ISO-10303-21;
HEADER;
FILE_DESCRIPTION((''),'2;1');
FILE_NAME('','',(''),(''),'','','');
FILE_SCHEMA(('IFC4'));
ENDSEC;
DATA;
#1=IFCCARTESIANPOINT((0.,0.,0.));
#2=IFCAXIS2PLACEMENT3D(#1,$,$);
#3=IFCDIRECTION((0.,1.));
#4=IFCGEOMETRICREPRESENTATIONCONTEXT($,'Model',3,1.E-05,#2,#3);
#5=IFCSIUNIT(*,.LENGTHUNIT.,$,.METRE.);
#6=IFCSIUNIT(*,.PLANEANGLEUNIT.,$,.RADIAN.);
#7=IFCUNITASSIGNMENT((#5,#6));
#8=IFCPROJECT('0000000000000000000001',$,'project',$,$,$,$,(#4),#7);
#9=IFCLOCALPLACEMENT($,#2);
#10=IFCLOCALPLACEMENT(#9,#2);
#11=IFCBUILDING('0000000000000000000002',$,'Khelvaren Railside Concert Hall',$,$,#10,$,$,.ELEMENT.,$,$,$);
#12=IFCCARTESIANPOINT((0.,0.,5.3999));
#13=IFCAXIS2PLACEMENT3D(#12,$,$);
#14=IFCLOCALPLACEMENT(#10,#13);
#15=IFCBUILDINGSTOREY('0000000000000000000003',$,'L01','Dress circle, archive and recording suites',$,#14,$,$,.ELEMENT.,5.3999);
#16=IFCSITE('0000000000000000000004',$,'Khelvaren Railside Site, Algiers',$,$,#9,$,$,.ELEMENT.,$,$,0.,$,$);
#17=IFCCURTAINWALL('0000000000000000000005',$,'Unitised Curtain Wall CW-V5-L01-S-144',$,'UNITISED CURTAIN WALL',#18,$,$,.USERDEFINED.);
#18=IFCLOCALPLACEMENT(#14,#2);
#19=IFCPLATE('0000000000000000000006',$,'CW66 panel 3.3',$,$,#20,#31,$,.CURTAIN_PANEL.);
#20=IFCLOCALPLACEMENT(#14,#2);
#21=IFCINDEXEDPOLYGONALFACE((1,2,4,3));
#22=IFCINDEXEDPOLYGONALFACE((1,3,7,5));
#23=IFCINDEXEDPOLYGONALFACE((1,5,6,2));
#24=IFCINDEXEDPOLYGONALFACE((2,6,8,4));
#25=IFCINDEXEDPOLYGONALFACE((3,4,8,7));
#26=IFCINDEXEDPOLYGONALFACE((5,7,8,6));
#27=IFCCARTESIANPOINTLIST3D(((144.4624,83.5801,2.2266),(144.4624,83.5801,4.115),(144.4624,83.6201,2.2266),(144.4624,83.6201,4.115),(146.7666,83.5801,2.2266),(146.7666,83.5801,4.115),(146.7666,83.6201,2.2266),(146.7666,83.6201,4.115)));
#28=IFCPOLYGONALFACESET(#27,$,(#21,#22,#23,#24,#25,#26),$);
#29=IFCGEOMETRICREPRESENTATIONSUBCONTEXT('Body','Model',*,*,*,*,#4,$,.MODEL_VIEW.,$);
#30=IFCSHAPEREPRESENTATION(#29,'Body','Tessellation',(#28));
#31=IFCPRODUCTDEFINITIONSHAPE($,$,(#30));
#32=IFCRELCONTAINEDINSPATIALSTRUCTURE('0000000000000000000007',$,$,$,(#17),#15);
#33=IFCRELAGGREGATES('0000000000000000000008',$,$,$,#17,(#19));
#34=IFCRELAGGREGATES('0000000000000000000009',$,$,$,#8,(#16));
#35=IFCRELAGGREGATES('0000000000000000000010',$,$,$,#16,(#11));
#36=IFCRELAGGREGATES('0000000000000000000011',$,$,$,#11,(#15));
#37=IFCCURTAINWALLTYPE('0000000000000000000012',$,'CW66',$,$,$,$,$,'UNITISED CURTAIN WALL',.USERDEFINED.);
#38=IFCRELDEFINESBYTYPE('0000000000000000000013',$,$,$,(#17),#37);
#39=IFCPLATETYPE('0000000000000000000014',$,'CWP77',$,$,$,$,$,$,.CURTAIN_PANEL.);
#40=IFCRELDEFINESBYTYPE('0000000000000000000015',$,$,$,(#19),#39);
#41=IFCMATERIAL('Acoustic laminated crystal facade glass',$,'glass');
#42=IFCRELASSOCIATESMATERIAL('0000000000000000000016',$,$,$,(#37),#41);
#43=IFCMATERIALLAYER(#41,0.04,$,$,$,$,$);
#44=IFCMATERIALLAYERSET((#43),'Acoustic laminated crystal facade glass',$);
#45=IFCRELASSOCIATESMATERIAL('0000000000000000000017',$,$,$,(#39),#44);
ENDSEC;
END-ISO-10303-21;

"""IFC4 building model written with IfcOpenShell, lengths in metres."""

from ifc_helpers import new_model, si_unit, direction, frame, origin, origin_2d, place, context, subcontext, project, spatial, rectangle, extrude, material, layer, layer_set, type_object, element, aggregate, save


model = new_model("IFC4")

# Units and contexts
model_context = context("Model", 3, precision=1e-05, world=origin(), true_north=direction((0.0, 1.0)))
body_context = subcontext(model_context, "Body", "Model", "MODEL_VIEW")
ifc_project = project(units=[si_unit("LENGTHUNIT", "METRE"), si_unit("PLANEANGLEUNIT", "RADIAN")], contexts=[model_context])

# Site, building, storey
site_placement = place(None, origin())
site = spatial("IfcSite", under=ifc_project, at=site_placement, Name="Khelvaren Railside Site, Algiers", CompositionType="ELEMENT", RefElevation=0.0)
building_placement = place(site_placement, origin())
building = spatial("IfcBuilding", under=site, at=building_placement, Name="Khelvaren Railside Concert Hall", CompositionType="ELEMENT")
storey_placement = place(building_placement, frame((0.0, 0.0, 5.3999)))
storey = spatial("IfcBuildingStorey", under=building, at=storey_placement, Name="L01", Description="Dress circle, archive and recording suites", CompositionType="ELEMENT", Elevation=5.3999)

# Shared definitions
ifc_material_1 = material(Name="Acoustic laminated crystal facade glass", Category="glass")

# Curtain wall
curtain_wall_type_1 = type_object("IfcCurtainWallType", Name="CW66", ElementType="UNITISED CURTAIN WALL", PredefinedType="USERDEFINED", material=ifc_material_1)
curtain_wall_1_placement = place(storey_placement, origin())
curtain_wall_1 = element("IfcCurtainWall", 1, at=curtain_wall_1_placement, inside=storey, type_object=curtain_wall_type_1, Name="Unitised Curtain Wall CW-V5-L01-S-144", ObjectType="UNITISED CURTAIN WALL", PredefinedType="USERDEFINED")

# Plate
ifc_layer = layer(ifc_material_1, 0.04)
ifc_layer_set = layer_set([ifc_layer], Name="Acoustic laminated crystal facade glass")
plate_type = type_object("IfcPlateType", Name="CWP77", PredefinedType="CURTAIN_PANEL", material=ifc_layer_set)
plate_1_placement = place(storey_placement, frame((145.6145, 83.6001, 2.2266), z_axis=(0.0, 0.0, 1.0), x_axis=(-1.0, 0.0, 0.0)))
plate_1 = element("IfcPlate", 2, at=plate_1_placement, type_object=plate_type, Name="CW66 panel 3.3", PredefinedType="CURTAIN_PANEL", context=body_context, shape_type="SweptSolid", body=[
    extrude(rectangle(XDim=2.3042, YDim=0.04, at=origin_2d()), origin(), (0.0, 0.0, 1.0), 1.8884),
])
aggregate(curtain_wall_1, [plate_1])

save(model, "model.ifc")
